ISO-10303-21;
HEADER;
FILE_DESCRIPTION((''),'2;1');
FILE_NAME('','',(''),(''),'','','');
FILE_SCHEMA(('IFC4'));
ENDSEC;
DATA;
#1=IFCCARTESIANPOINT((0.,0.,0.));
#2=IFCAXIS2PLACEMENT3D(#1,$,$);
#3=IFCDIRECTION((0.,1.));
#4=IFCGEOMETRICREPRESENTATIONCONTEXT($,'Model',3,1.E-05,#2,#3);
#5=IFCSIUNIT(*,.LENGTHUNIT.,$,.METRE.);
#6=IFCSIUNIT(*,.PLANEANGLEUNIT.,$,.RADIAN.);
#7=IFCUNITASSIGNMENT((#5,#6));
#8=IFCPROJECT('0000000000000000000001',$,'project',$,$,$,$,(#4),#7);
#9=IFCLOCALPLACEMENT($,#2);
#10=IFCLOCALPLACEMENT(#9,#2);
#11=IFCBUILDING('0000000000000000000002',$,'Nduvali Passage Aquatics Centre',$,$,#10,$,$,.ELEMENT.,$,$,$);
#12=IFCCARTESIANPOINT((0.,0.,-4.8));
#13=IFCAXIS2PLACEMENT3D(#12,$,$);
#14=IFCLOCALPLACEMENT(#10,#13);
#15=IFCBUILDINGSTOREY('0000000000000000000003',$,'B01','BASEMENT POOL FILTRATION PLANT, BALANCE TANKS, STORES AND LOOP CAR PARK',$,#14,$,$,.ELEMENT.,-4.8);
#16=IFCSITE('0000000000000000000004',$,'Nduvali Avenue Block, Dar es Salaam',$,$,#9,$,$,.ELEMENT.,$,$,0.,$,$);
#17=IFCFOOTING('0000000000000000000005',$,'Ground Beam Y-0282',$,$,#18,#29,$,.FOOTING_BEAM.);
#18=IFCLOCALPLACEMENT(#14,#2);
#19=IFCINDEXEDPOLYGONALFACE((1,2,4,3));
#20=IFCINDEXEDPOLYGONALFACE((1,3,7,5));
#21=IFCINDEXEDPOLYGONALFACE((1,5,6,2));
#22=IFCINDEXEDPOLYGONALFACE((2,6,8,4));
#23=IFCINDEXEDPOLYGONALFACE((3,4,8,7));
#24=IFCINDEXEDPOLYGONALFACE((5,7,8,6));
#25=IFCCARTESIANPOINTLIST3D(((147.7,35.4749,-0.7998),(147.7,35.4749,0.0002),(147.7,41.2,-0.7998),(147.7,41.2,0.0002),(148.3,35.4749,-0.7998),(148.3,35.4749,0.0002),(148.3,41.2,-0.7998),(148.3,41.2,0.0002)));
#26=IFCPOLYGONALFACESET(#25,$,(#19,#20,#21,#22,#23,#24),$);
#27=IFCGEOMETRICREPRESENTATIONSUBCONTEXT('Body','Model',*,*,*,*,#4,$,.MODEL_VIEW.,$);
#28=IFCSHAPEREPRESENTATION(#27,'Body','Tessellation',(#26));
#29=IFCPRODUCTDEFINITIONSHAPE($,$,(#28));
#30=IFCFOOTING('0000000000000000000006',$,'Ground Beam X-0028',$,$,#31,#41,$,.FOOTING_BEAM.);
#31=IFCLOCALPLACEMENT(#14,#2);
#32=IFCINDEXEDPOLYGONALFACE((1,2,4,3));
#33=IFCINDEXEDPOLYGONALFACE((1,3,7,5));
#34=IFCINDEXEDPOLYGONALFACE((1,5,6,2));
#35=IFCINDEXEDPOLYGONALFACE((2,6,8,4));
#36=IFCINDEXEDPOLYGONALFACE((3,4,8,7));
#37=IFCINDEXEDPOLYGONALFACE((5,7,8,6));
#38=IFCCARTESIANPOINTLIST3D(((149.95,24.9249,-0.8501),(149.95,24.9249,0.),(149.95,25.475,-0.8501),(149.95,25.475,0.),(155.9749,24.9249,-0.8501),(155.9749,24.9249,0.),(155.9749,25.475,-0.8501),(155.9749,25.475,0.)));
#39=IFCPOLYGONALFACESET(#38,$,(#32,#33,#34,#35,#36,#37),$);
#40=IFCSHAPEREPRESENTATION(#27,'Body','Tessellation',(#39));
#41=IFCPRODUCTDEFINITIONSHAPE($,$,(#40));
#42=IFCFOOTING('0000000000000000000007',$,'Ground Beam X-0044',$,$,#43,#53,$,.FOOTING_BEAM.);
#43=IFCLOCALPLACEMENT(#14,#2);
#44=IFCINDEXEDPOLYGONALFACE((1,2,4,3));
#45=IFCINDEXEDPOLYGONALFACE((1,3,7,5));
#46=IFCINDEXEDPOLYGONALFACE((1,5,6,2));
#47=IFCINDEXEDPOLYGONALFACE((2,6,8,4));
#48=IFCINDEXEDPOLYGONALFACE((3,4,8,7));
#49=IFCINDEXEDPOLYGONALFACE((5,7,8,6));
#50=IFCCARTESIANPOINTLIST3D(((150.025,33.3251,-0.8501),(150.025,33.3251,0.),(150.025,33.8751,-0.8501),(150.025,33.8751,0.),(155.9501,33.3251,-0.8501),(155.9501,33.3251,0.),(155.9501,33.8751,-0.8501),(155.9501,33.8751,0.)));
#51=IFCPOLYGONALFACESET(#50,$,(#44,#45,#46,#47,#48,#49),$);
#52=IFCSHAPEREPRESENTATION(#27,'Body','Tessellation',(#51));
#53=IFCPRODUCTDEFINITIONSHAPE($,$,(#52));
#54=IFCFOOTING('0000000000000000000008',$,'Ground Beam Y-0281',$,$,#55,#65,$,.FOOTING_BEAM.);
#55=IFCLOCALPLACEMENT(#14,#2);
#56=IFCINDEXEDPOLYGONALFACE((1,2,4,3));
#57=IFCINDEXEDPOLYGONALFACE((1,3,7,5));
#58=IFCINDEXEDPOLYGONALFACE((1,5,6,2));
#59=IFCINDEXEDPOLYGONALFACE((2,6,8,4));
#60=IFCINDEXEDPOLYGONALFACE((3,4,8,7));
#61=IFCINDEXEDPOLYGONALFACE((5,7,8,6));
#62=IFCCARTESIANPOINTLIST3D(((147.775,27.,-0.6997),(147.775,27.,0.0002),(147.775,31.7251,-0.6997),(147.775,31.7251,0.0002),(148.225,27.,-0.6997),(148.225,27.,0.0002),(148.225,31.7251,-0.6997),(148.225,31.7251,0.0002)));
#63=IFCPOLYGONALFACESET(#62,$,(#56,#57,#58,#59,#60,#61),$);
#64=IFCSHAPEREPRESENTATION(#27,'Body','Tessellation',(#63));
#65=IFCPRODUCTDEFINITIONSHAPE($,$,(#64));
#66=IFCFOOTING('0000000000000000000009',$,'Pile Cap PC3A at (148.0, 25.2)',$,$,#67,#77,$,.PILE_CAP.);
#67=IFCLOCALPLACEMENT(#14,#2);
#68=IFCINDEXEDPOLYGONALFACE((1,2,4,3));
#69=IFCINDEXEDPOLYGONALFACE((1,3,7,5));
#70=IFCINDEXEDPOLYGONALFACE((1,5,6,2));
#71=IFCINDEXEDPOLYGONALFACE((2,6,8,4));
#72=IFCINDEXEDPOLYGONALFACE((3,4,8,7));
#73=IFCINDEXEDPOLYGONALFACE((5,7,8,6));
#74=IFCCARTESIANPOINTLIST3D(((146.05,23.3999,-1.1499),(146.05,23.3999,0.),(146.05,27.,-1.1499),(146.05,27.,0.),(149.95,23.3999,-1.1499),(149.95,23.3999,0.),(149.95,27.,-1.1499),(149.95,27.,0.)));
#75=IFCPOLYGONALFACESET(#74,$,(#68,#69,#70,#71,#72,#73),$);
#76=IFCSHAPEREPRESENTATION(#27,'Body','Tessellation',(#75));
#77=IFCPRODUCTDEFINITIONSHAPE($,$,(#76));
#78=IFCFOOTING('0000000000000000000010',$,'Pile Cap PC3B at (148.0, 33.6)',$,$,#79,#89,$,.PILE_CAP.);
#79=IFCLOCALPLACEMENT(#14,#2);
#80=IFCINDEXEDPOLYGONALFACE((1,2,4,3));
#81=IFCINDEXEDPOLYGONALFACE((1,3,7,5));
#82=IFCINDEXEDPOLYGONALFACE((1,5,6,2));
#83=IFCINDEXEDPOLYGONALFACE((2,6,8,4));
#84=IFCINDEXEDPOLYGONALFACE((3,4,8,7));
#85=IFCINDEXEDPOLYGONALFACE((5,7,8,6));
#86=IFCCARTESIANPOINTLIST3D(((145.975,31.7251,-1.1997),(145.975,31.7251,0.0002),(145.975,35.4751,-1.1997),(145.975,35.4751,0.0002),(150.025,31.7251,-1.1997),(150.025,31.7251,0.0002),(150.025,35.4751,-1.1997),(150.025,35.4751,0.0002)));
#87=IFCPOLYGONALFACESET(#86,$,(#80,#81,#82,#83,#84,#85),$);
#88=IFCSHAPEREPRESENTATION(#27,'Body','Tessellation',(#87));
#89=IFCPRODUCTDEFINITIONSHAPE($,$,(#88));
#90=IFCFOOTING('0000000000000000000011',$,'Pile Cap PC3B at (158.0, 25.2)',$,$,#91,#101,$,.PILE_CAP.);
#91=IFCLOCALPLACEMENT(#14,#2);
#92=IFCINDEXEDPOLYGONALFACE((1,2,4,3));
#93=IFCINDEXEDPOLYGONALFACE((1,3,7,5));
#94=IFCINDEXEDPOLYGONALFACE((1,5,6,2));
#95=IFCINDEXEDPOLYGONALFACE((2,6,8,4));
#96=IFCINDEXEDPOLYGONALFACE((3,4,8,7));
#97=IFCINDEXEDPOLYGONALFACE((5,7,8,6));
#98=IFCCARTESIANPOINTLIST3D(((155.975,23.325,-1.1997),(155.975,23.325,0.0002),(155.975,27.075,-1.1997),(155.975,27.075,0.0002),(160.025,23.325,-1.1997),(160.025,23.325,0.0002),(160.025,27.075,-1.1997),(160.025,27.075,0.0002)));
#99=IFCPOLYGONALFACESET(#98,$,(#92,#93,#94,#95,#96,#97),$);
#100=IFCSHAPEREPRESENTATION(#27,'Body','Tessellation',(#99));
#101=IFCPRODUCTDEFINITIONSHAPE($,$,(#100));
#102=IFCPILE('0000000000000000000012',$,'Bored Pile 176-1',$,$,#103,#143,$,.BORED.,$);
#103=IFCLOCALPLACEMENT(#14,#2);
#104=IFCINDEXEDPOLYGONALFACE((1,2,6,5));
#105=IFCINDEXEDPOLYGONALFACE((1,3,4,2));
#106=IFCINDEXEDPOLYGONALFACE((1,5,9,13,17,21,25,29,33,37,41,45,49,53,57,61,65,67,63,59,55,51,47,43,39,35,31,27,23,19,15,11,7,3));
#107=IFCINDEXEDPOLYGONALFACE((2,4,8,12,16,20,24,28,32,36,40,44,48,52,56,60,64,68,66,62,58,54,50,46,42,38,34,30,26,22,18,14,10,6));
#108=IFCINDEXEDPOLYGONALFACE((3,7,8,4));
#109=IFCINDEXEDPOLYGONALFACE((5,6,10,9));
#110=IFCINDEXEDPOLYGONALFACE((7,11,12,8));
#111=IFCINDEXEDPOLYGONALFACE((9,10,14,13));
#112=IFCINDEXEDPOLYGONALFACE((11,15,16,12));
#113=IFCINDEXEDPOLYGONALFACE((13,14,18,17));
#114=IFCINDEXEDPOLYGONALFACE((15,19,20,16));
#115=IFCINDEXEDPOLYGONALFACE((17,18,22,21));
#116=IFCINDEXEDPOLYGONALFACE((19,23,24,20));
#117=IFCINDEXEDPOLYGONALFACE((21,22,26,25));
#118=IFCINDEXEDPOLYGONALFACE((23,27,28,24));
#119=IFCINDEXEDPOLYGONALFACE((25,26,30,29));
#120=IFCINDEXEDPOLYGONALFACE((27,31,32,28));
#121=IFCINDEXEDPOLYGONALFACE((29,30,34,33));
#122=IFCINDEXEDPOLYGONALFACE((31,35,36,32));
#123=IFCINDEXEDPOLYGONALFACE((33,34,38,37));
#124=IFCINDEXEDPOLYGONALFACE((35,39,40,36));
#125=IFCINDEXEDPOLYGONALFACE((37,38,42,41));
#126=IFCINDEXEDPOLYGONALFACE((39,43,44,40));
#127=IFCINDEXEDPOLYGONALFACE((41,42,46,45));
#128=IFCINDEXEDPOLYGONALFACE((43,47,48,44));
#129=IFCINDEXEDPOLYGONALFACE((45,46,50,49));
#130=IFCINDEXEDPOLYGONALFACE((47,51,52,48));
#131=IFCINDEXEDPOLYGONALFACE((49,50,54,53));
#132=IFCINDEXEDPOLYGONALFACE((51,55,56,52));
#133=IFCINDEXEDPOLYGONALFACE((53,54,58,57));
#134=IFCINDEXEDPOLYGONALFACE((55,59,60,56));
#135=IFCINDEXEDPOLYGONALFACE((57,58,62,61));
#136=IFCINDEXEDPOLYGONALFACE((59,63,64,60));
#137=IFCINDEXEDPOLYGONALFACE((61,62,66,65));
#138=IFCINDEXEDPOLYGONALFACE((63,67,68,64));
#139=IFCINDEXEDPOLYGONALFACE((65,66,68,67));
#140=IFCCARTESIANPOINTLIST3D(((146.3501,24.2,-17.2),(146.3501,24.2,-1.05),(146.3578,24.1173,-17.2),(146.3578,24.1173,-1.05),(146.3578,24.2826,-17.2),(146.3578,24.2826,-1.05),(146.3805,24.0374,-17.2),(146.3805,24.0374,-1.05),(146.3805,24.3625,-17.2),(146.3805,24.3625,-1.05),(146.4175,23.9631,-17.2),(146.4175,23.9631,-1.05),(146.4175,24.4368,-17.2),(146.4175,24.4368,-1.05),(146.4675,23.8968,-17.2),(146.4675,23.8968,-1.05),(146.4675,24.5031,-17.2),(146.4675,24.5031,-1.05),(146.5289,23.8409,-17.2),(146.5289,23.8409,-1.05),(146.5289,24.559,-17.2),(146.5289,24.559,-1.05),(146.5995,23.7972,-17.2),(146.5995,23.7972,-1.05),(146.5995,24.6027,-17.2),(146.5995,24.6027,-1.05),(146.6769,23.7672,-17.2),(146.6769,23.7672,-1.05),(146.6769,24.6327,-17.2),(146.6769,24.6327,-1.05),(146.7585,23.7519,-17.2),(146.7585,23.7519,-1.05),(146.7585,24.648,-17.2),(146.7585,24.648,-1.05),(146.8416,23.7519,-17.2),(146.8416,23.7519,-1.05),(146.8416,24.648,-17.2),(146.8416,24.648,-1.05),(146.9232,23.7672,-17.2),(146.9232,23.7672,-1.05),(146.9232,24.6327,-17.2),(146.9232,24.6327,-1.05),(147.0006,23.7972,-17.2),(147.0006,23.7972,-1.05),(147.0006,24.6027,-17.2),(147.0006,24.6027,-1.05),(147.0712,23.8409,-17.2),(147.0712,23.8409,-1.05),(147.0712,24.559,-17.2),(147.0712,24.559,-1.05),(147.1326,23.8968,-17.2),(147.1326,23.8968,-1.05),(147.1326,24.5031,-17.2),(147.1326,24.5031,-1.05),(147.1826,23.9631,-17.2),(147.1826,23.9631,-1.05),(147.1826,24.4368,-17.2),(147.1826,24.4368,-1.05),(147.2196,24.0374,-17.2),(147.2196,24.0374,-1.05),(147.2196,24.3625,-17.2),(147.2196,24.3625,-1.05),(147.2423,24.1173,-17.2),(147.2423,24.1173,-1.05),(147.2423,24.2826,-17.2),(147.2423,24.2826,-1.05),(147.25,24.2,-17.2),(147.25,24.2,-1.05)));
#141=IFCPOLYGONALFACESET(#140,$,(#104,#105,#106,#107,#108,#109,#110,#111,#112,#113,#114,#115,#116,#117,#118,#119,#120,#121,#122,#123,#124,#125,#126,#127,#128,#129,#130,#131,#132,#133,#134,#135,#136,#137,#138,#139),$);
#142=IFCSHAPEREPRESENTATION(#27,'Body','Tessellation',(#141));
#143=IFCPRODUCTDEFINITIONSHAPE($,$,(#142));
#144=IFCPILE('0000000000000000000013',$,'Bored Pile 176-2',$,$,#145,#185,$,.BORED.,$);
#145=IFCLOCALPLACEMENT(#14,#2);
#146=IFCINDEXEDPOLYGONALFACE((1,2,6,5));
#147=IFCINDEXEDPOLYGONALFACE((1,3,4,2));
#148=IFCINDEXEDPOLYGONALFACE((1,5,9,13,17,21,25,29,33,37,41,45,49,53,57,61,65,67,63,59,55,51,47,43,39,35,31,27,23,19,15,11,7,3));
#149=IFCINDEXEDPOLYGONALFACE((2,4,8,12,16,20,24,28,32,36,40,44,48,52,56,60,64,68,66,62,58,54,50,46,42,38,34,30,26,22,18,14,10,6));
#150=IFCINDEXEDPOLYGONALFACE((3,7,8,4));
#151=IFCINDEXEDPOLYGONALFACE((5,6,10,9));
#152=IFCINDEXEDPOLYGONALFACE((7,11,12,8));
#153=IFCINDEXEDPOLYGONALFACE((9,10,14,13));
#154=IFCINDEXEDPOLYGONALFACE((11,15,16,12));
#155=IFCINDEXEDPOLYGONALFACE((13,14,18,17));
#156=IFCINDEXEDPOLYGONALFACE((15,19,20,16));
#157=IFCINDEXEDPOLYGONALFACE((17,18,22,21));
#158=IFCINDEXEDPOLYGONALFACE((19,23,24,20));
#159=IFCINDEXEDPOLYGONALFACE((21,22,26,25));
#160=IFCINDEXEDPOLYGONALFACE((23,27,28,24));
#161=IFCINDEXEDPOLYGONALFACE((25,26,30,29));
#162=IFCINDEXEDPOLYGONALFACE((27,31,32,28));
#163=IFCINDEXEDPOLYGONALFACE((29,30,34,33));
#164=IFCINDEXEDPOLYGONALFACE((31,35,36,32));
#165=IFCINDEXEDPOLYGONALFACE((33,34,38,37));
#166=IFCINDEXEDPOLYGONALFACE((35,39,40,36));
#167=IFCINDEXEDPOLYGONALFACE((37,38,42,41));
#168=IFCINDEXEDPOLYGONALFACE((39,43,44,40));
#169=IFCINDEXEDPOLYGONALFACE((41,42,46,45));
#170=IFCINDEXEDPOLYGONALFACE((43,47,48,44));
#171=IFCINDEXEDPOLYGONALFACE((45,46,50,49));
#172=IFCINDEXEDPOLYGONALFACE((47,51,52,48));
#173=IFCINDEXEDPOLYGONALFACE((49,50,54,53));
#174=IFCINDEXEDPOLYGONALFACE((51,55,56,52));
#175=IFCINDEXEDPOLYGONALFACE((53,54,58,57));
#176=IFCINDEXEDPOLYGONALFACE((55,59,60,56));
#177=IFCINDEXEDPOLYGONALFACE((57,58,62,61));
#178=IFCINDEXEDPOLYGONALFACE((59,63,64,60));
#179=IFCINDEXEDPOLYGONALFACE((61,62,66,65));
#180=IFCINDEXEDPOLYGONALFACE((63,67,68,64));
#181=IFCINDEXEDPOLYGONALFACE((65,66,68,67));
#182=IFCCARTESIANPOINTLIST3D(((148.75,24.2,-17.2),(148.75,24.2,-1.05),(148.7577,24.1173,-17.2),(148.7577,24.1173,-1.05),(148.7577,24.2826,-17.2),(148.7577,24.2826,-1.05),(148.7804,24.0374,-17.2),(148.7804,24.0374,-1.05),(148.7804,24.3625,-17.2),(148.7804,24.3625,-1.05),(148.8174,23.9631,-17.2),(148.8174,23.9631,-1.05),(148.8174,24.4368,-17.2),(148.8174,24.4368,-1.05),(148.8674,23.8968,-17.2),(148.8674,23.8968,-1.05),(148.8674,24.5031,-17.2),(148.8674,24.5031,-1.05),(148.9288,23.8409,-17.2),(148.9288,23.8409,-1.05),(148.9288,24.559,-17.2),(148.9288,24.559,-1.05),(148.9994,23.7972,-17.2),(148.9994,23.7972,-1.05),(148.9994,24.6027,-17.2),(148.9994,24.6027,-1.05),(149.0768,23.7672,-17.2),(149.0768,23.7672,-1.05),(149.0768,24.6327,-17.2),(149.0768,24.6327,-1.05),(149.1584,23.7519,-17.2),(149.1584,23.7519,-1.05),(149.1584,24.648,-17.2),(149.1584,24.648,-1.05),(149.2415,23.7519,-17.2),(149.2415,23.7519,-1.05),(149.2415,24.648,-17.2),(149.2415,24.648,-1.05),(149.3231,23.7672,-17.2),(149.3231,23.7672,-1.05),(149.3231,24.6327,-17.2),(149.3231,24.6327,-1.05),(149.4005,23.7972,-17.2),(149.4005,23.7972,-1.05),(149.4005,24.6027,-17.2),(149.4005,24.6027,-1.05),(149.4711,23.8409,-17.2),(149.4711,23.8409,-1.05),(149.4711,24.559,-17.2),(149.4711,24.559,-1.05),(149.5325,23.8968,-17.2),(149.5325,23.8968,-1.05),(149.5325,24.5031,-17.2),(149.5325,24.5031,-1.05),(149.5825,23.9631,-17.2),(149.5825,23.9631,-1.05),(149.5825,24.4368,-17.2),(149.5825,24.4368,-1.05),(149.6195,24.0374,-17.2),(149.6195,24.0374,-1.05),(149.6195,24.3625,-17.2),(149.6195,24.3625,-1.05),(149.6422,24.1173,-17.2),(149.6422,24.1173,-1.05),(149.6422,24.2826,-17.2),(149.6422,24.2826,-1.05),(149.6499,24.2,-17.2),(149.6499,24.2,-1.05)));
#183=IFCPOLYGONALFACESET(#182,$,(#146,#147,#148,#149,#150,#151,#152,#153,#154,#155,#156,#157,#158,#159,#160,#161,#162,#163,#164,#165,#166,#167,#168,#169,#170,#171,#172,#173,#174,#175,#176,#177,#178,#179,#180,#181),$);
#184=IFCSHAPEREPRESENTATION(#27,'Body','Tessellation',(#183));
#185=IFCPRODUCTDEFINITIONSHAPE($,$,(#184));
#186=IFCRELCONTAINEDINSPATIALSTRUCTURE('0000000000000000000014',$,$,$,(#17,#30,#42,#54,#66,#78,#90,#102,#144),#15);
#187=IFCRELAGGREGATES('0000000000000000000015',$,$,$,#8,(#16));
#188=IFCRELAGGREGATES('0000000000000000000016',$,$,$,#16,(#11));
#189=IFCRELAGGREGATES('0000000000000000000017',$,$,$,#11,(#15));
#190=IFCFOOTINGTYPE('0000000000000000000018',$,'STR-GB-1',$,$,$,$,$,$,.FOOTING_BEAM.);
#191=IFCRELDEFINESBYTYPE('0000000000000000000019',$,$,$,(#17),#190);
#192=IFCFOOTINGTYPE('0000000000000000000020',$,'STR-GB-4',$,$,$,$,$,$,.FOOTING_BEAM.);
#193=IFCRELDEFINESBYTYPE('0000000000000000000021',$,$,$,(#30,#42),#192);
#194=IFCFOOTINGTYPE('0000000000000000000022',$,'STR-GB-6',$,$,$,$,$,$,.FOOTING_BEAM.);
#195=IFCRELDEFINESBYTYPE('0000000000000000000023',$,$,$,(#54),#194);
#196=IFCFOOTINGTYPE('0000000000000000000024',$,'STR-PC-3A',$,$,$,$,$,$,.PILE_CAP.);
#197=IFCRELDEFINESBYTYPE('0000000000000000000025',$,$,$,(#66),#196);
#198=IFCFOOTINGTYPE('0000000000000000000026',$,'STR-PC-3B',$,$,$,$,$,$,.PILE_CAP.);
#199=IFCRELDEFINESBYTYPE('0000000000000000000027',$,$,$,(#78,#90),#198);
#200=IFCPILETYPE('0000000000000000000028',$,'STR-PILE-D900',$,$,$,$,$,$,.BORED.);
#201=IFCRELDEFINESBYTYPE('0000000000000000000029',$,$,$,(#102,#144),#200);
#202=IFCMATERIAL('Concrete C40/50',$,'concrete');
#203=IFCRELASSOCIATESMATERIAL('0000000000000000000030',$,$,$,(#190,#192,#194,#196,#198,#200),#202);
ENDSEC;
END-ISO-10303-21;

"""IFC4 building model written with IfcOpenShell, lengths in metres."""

from ifc_helpers import new_model, si_unit, direction, frame, origin, origin_2d, place, context, subcontext, project, spatial, rectangle, circle, extrude, material, material_profile, profile_set, type_object, element, save


model = new_model("IFC4")

# Units and contexts
model_context = context("Model", 3, precision=1e-05, world=origin(), true_north=direction((0.0, 1.0)))
body_context = subcontext(model_context, "Body", "Model", "MODEL_VIEW")
ifc_project = project(units=[si_unit("LENGTHUNIT", "METRE"), si_unit("PLANEANGLEUNIT", "RADIAN")], contexts=[model_context])

# Site, building, storey
site_placement = place(None, origin())
site = spatial("IfcSite", under=ifc_project, at=site_placement, Name="Nduvali Avenue Block, Dar es Salaam", CompositionType="ELEMENT", RefElevation=0.0)
building_placement = place(site_placement, origin())
building = spatial("IfcBuilding", under=site, at=building_placement, Name="Nduvali Passage Aquatics Centre", CompositionType="ELEMENT")
storey_placement = place(building_placement, frame((0.0, 0.0, -4.8)))
storey = spatial("IfcBuildingStorey", under=building, at=storey_placement, Name="B01", Description="BASEMENT POOL FILTRATION PLANT, BALANCE TANKS, STORES AND LOOP CAR PARK", CompositionType="ELEMENT", Elevation=-4.8)

# Footings
ifc_material = material(Name="Concrete C40/50", Category="concrete")
footing_type_1 = type_object("IfcFootingType", Name="STR-GB-1", PredefinedType="FOOTING_BEAM", material=ifc_material)
footing_1_placement = place(storey_placement, frame((148.0, 38.3374, -0.7998), z_axis=(0.0, 0.0, 1.0), x_axis=(0.0, 1.0, 0.0)))
element("IfcFooting", 1, at=footing_1_placement, inside=storey, type_object=footing_type_1, Name="Ground Beam Y-0282", PredefinedType="FOOTING_BEAM", context=body_context, shape_type="SweptSolid", body=[
    extrude(rectangle(XDim=5.7251, YDim=0.6001, at=origin_2d()), origin(), (0.0, 0.0, 1.0), 0.8),
])
footing_type_2 = type_object("IfcFootingType", Name="STR-GB-4", PredefinedType="FOOTING_BEAM", material=ifc_material)
footing_2_placement = place(storey_placement, frame((152.9624, 25.2, -0.8501), z_axis=(0.0, 0.0, 1.0), x_axis=(1.0, 0.0, 0.0)))
element("IfcFooting", 2, at=footing_2_placement, inside=storey, type_object=footing_type_2, Name="Ground Beam X-0028", PredefinedType="FOOTING_BEAM", context=body_context, shape_type="SweptSolid", body=[
    extrude(rectangle(XDim=6.0249, YDim=0.55, at=origin_2d()), origin(), (0.0, 0.0, 1.0), 0.8501),
])
footing_3_placement = place(storey_placement, frame((152.9875, 33.6001, -0.8501), z_axis=(0.0, 0.0, 1.0), x_axis=(1.0, 0.0, 0.0)))
element("IfcFooting", 3, at=footing_3_placement, inside=storey, type_object=footing_type_2, Name="Ground Beam X-0044", PredefinedType="FOOTING_BEAM", context=body_context, shape_type="SweptSolid", body=[
    extrude(rectangle(XDim=5.925, YDim=0.55, at=origin_2d()), origin(), (0.0, 0.0, 1.0), 0.8501),
])
footing_type_3 = type_object("IfcFootingType", Name="STR-GB-6", PredefinedType="FOOTING_BEAM", material=ifc_material)
footing_4_placement = place(storey_placement, frame((148.0, 29.3625, -0.6997), z_axis=(0.0, 0.0, 1.0), x_axis=(0.0, 1.0, 0.0)))
element("IfcFooting", 4, at=footing_4_placement, inside=storey, type_object=footing_type_3, Name="Ground Beam Y-0281", PredefinedType="FOOTING_BEAM", context=body_context, shape_type="SweptSolid", body=[
    extrude(rectangle(XDim=4.7251, YDim=0.45, at=origin_2d()), origin(), (0.0, 0.0, 1.0), 0.7),
])
footing_type_4 = type_object("IfcFootingType", Name="STR-PC-3A", PredefinedType="PILE_CAP", material=ifc_material)
footing_5_placement = place(storey_placement, frame((148.0, 25.2, -1.1499), z_axis=(0.0, 0.0, 1.0), x_axis=(1.0, 0.0, 0.0)))
element("IfcFooting", 5, at=footing_5_placement, inside=storey, type_object=footing_type_4, Name="Pile Cap PC3A at (148.0, 25.2)", PredefinedType="PILE_CAP", context=body_context, shape_type="SweptSolid", body=[
    extrude(rectangle(XDim=3.8999, YDim=3.6001, at=origin_2d()), origin(), (0.0, 0.0, 1.0), 1.1499),
])
footing_type_5 = type_object("IfcFootingType", Name="STR-PC-3B", PredefinedType="PILE_CAP", material=ifc_material)
for number, where, z_axis, x_axis, name in (
    (6, (148.0, 33.6001, -1.1997), (0.0, 0.0, 1.0), (1.0, 0.0, 0.0), "Pile Cap PC3B at (148.0, 33.6)"),
    (7, (158.0, 25.2, -1.1997), (0.0, 0.0, 1.0), (1.0, 0.0, 0.0), "Pile Cap PC3B at (158.0, 25.2)"),
):
    element("IfcFooting", number, at=place(storey_placement, frame(where, z_axis=z_axis, x_axis=x_axis)), inside=storey, type_object=footing_type_5, Name=name, PredefinedType="PILE_CAP", context=body_context, shape_type="SweptSolid", body=[
        extrude(rectangle(XDim=4.05, YDim=3.75, at=origin_2d()), origin(), (0.0, 0.0, 1.0), 1.2),
    ])

# Piles
ifc_material_profile_1 = material_profile(ifc_material, circle(Radius=0.45, at=origin_2d()), Name="PILE D900")
ifc_profile_set_1 = profile_set([ifc_material_profile_1], Name="Concrete C40/50")
pile_type = type_object("IfcPileType", Name="STR-PILE-D900", PredefinedType="BORED", material=ifc_profile_set_1)
for number, where, z_axis, x_axis, name in (
    (8, (146.8, 24.2, -1.05), (0.0, 0.0, -1.0), (1.0, 0.0, 0.0), "Bored Pile 176-1"),
    (9, (149.2, 24.2, -1.05), (0.0, 0.0, -1.0), (1.0, 0.0, 0.0), "Bored Pile 176-2"),
):
    element("IfcPile", number, at=place(storey_placement, frame(where, z_axis=z_axis, x_axis=x_axis)), inside=storey, type_object=pile_type, Name=name, PredefinedType="BORED", context=body_context, shape_type="SweptSolid", body=[
        extrude(circle(Radius=0.45, at=origin_2d()), origin(), (0.0, 0.0, 1.0), 16.1499),
    ])

save(model, "model.ifc")
